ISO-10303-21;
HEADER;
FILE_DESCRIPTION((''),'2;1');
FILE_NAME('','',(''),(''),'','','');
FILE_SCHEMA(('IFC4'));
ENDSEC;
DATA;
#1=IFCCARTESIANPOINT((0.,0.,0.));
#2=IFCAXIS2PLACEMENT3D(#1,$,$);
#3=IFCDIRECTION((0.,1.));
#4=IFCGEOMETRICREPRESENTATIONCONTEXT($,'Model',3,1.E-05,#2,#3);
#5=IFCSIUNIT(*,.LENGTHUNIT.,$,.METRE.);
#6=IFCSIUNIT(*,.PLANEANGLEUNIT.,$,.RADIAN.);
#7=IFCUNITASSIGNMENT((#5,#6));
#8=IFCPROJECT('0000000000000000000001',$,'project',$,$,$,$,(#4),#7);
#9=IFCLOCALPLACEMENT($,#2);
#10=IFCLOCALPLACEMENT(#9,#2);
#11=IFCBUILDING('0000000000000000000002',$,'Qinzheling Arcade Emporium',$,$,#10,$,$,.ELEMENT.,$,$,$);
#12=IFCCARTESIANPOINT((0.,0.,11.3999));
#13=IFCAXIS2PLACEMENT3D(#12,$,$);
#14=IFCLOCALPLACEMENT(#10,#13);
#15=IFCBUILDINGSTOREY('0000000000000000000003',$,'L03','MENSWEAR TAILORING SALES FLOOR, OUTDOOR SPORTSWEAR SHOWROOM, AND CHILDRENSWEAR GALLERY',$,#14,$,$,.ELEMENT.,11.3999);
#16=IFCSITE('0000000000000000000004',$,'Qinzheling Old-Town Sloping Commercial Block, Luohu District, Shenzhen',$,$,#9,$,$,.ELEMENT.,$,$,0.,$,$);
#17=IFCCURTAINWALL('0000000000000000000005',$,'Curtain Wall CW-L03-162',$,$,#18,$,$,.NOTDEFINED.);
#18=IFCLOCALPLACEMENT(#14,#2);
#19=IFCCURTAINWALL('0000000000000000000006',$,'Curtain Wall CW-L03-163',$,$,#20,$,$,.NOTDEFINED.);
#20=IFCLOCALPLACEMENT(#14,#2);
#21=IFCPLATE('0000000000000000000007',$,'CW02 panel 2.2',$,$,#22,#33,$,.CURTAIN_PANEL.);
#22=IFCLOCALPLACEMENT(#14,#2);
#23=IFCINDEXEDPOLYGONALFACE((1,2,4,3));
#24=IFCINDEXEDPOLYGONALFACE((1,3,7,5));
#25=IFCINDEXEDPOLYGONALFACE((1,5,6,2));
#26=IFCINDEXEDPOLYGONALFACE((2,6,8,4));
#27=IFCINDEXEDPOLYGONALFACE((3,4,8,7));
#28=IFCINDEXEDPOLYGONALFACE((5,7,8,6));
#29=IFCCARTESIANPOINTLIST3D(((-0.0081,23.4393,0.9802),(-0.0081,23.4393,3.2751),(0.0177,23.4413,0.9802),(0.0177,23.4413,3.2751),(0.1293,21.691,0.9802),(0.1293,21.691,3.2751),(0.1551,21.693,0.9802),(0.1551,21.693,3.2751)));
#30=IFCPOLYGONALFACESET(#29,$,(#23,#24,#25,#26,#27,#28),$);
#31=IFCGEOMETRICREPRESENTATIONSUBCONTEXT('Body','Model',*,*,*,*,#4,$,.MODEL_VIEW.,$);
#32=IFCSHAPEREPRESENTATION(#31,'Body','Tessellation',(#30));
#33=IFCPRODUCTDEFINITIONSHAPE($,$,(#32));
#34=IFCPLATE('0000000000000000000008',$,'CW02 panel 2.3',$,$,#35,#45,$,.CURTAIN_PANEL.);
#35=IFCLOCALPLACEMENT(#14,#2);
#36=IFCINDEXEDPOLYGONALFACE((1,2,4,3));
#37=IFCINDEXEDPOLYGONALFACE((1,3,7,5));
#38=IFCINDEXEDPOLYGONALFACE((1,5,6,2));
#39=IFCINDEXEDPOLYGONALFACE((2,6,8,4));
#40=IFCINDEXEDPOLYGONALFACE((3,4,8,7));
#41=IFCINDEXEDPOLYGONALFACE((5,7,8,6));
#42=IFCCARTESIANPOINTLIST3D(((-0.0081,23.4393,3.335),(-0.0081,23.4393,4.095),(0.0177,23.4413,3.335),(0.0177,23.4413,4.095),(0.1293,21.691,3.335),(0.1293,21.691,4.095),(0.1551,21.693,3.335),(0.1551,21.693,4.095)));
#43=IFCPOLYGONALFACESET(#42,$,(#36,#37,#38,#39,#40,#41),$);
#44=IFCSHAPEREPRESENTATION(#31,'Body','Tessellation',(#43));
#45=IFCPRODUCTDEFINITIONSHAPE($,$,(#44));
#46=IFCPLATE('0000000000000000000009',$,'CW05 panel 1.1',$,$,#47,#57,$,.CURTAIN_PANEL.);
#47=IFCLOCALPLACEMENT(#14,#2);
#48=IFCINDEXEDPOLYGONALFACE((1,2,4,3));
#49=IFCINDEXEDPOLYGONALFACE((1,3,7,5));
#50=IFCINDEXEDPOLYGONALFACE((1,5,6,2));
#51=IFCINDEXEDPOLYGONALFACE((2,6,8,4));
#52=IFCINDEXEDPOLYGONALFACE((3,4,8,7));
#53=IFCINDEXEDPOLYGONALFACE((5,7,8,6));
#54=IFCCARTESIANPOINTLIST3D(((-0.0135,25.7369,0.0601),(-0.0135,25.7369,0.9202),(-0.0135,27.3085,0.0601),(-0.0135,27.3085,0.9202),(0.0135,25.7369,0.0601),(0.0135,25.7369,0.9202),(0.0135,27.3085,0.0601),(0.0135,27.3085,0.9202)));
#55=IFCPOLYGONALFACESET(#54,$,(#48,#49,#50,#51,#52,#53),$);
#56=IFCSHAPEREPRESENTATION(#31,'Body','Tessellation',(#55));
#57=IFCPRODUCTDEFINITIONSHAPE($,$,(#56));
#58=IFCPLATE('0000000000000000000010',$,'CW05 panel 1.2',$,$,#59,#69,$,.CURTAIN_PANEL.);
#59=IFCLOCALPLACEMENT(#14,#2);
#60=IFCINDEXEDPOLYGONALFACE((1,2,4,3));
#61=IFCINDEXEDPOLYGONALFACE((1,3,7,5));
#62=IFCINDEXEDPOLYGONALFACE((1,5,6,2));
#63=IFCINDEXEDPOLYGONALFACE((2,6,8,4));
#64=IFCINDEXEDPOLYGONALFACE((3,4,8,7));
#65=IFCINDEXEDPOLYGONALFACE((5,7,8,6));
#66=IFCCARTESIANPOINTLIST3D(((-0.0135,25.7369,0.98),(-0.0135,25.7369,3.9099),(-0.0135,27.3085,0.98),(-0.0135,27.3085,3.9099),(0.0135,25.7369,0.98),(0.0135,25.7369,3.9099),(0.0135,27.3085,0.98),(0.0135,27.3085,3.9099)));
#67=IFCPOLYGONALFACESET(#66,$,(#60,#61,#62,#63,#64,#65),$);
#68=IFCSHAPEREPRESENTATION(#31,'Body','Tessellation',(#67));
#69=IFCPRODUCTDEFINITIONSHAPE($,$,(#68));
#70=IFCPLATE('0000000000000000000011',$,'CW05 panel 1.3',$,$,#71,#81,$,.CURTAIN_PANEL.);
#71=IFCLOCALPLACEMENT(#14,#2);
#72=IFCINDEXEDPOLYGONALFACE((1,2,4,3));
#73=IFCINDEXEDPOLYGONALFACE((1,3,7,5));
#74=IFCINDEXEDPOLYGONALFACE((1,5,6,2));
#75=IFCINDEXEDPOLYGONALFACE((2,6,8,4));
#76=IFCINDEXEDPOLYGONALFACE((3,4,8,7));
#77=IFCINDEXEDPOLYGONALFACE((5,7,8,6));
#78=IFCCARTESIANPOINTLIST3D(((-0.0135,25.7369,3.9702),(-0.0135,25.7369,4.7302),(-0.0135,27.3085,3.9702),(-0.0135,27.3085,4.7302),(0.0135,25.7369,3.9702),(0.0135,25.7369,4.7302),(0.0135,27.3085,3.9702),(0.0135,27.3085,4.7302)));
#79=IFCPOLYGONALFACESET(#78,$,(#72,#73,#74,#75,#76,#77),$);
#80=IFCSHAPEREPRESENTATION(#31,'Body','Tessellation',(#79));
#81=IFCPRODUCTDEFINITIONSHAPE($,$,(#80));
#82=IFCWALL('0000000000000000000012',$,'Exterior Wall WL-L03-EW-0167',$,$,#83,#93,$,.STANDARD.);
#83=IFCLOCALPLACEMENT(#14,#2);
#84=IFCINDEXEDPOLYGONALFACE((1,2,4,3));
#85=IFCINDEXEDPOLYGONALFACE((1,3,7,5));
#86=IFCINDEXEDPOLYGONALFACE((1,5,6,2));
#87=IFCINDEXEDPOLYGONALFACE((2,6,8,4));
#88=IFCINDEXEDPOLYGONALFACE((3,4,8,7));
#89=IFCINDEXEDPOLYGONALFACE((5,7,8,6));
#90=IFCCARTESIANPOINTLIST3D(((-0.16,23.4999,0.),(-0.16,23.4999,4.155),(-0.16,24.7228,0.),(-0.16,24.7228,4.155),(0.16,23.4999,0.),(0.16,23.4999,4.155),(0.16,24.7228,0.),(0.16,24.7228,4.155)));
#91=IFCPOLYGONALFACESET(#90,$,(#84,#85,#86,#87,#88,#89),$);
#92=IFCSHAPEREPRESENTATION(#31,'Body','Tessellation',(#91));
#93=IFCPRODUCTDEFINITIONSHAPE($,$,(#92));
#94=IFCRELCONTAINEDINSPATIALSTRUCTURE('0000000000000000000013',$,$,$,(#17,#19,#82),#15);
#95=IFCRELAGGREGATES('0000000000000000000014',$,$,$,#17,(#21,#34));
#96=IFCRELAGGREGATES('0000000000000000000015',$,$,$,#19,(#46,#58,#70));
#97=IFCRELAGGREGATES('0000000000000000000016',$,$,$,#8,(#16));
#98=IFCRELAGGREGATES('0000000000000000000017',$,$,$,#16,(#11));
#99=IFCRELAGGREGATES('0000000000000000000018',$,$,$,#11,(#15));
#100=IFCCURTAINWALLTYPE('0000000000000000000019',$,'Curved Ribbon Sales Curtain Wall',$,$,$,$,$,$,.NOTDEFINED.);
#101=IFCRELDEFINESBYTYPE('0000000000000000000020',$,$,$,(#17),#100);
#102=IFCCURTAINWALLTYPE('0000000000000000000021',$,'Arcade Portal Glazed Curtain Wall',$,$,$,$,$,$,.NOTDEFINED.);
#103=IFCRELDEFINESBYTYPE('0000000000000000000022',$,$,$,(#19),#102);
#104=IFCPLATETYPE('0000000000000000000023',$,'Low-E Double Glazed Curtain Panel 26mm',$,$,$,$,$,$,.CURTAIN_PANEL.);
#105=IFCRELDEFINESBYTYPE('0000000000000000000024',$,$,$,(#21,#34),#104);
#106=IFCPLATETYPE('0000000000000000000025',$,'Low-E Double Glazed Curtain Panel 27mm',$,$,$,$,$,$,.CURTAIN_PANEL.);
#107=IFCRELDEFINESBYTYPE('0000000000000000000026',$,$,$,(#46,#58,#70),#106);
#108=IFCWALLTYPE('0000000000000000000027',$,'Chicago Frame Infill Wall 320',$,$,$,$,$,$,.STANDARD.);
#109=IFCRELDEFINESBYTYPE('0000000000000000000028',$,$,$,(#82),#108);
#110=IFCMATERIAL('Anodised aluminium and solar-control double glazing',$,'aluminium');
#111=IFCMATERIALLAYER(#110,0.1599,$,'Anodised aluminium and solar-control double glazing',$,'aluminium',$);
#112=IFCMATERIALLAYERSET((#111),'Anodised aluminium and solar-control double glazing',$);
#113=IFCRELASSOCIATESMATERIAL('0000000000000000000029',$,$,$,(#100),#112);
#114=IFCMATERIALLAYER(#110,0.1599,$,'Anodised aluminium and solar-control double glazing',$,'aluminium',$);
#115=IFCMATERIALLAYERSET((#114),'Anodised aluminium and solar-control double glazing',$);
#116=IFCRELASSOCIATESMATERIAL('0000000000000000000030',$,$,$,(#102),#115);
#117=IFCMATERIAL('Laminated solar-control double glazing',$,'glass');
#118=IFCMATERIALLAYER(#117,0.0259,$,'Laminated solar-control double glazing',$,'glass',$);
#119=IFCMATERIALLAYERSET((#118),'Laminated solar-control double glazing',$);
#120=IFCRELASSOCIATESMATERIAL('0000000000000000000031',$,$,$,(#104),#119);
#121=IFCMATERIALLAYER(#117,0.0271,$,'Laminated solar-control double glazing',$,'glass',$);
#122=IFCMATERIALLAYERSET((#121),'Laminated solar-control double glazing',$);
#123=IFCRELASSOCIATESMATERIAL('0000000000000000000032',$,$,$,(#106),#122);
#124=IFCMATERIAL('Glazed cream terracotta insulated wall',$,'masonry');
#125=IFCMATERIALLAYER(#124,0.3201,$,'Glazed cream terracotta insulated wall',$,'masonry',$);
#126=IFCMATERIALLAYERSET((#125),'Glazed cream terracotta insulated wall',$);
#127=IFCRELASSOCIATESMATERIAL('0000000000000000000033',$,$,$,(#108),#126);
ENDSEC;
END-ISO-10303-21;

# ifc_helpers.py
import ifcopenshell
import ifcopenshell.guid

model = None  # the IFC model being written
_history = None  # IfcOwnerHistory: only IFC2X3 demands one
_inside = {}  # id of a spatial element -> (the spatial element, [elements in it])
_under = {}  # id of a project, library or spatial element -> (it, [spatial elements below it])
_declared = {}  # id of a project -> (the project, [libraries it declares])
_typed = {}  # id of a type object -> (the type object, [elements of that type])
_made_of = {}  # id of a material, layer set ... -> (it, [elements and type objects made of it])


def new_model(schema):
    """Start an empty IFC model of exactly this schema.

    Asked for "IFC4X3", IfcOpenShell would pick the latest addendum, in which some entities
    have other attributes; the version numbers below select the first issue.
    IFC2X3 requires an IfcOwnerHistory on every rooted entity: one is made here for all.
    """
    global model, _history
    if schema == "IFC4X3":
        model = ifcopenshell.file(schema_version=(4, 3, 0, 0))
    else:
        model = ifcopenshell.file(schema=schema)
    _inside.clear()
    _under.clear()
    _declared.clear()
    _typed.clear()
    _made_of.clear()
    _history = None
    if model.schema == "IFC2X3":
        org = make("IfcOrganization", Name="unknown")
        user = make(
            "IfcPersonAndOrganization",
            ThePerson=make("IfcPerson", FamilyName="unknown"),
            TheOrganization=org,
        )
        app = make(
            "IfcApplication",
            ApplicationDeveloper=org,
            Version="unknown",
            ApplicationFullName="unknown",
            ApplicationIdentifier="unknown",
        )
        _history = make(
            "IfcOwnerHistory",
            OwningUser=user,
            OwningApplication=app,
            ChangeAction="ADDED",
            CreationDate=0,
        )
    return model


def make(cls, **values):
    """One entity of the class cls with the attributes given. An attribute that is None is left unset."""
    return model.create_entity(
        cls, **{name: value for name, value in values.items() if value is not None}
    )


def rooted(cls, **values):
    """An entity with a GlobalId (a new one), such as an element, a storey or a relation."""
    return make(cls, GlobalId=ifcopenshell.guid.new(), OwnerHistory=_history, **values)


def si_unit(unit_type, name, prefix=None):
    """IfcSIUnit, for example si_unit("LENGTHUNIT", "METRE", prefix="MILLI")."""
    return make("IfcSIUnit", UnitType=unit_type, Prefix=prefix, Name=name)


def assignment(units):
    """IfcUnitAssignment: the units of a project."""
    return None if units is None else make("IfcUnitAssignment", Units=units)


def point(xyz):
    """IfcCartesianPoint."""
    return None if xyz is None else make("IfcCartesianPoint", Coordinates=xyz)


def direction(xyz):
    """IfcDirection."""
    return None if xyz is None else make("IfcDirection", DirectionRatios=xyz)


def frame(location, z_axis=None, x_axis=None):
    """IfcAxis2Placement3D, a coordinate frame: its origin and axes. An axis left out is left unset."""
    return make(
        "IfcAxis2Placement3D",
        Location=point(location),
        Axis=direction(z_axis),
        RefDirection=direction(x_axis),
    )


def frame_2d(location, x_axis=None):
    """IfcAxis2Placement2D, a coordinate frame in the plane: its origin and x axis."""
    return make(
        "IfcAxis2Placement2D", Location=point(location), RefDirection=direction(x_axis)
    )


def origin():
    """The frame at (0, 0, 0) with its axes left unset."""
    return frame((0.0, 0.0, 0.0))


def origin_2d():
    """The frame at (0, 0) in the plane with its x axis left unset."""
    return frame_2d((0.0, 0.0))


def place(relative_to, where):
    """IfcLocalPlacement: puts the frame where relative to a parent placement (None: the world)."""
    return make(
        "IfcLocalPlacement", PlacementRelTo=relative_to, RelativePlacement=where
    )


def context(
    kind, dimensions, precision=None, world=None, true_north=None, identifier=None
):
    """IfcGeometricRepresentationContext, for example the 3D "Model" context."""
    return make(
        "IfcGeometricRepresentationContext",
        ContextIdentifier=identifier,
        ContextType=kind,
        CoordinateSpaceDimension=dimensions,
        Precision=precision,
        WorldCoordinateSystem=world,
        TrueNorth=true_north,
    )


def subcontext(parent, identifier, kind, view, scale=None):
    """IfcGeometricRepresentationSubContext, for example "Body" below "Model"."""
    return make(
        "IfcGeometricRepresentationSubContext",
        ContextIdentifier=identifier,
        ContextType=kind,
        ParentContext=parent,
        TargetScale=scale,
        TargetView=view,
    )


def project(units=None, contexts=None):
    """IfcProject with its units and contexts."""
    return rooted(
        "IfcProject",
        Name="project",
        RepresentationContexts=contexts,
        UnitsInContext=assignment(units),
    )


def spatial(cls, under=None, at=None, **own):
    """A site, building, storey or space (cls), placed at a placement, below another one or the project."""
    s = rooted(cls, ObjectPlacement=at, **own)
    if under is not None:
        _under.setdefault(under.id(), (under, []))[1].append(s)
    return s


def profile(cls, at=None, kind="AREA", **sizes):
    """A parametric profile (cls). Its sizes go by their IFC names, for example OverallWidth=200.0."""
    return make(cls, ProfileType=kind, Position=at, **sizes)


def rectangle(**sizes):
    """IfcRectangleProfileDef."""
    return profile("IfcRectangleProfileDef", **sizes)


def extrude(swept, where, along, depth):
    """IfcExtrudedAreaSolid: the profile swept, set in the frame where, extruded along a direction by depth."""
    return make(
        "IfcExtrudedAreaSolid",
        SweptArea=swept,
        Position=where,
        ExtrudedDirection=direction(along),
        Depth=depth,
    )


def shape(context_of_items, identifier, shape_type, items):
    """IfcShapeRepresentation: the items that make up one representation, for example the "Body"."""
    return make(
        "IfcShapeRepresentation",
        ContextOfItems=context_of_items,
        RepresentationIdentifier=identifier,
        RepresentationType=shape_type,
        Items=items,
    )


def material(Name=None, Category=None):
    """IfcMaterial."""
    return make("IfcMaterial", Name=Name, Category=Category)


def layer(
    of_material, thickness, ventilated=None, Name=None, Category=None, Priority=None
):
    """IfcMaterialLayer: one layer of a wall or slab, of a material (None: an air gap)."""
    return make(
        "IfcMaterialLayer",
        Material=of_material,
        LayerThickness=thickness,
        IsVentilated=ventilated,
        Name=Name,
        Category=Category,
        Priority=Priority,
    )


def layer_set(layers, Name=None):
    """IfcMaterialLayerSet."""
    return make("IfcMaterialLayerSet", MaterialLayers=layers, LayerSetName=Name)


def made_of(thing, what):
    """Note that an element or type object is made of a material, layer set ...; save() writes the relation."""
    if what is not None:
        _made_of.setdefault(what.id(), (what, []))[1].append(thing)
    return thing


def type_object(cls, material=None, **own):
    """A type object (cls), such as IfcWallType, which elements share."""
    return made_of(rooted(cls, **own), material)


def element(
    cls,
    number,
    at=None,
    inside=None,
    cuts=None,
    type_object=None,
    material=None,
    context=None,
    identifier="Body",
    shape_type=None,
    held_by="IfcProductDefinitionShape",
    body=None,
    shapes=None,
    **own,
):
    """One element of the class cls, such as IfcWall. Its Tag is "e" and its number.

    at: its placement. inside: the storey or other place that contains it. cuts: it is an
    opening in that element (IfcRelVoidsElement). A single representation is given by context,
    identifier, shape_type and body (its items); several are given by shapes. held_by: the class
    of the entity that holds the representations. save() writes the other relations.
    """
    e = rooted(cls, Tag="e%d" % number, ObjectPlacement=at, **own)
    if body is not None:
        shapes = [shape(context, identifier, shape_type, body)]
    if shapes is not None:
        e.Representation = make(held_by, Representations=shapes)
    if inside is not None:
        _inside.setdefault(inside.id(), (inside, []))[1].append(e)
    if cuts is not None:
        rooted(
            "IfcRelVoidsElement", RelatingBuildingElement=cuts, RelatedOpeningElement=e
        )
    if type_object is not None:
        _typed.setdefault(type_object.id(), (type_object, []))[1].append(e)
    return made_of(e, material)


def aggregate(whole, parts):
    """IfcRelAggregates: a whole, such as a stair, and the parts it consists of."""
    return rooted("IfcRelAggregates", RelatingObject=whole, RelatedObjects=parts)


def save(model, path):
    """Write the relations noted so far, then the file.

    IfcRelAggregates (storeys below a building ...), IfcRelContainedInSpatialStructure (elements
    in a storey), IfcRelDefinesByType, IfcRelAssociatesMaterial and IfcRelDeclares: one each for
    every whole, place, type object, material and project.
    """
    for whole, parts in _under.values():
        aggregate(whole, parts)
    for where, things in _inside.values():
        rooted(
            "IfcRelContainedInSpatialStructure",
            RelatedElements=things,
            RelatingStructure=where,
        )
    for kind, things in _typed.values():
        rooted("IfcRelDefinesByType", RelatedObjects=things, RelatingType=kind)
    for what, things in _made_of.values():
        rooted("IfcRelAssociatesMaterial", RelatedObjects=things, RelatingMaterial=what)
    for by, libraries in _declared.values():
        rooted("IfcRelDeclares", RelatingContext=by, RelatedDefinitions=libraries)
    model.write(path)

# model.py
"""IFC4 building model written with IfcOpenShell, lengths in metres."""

from ifc_helpers import new_model, si_unit, direction, frame, frame_2d, origin, origin_2d, place, context, subcontext, project, spatial, rectangle, extrude, material, layer, layer_set, type_object, element, aggregate, save


model = new_model("IFC4")

# Units and contexts
model_context = context("Model", 3, precision=1e-05, world=origin(), true_north=direction((0.0, 1.0)))
body_context = subcontext(model_context, "Body", "Model", "MODEL_VIEW")
ifc_project = project(units=[si_unit("LENGTHUNIT", "METRE"), si_unit("PLANEANGLEUNIT", "RADIAN")], contexts=[model_context])

# Site, building, storey
site_placement = place(None, origin())
site = spatial("IfcSite", under=ifc_project, at=site_placement, Name="Qinzheling Old-Town Sloping Commercial Block, Luohu District, Shenzhen", CompositionType="ELEMENT", RefElevation=0.0)
building_placement = place(site_placement, origin())
building = spatial("IfcBuilding", under=site, at=building_placement, Name="Qinzheling Arcade Emporium", CompositionType="ELEMENT")
storey_placement = place(building_placement, frame((0.0, 0.0, 11.3999)))
storey = spatial("IfcBuildingStorey", under=building, at=storey_placement, Name="L03", Description="MENSWEAR TAILORING SALES FLOOR, OUTDOOR SPORTSWEAR SHOWROOM, AND CHILDRENSWEAR GALLERY", CompositionType="ELEMENT", Elevation=11.3999)

# Shared definitions
ifc_material_1 = material(Name="Anodised aluminium and solar-control double glazing", Category="aluminium")
ifc_layer_1 = layer(ifc_material_1, 0.1599, Name="Anodised aluminium and solar-control double glazing", Category="aluminium")
ifc_layer_set_1 = layer_set([ifc_layer_1], Name="Anodised aluminium and solar-control double glazing")
curtain_wall_type_1 = type_object("IfcCurtainWallType", Name="Curved Ribbon Sales Curtain Wall", PredefinedType="NOTDEFINED", material=ifc_layer_set_1)

# Curtain walls
curtain_wall_1_placement = place(storey_placement, origin())
curtain_wall_1 = element("IfcCurtainWall", 1, at=curtain_wall_1_placement, inside=storey, type_object=curtain_wall_type_1, Name="Curtain Wall CW-L03-162", PredefinedType="NOTDEFINED")
ifc_layer_2 = layer(ifc_material_1, 0.1599, Name="Anodised aluminium and solar-control double glazing", Category="aluminium")
ifc_layer_set_2 = layer_set([ifc_layer_2], Name="Anodised aluminium and solar-control double glazing")
curtain_wall_type_2 = type_object("IfcCurtainWallType", Name="Arcade Portal Glazed Curtain Wall", PredefinedType="NOTDEFINED", material=ifc_layer_set_2)
curtain_wall_2_placement = place(storey_placement, origin())
curtain_wall_2 = element("IfcCurtainWall", 2, at=curtain_wall_2_placement, inside=storey, type_object=curtain_wall_type_2, Name="Curtain Wall CW-L03-163", PredefinedType="NOTDEFINED")

# Plates
ifc_material_2 = material(Name="Laminated solar-control double glazing", Category="glass")
ifc_layer_3 = layer(ifc_material_2, 0.0259, Name="Laminated solar-control double glazing", Category="glass")
ifc_layer_set_3 = layer_set([ifc_layer_3], Name="Laminated solar-control double glazing")
plate_type_1 = type_object("IfcPlateType", Name="Low-E Double Glazed Curtain Panel 26mm", PredefinedType="CURTAIN_PANEL", material=ifc_layer_set_3)
plate_1_placement = place(storey_placement, frame((0.0735, 22.5662, 0.9802), z_axis=(0.0, 0.0, 1.0), x_axis=(-0.078376, 0.996924, 0.0)))
plate_1 = element("IfcPlate", 3, at=plate_1_placement, type_object=plate_type_1, Name="CW02 panel 2.2", PredefinedType="CURTAIN_PANEL", context=body_context, shape_type="SweptSolid", body=[
    extrude(rectangle(XDim=1.7537, YDim=0.0259, at=origin_2d()), origin(), (0.0, 0.0, 1.0), 2.2949),
])
plate_2_placement = place(storey_placement, frame((0.0735, 22.5662, 3.335), z_axis=(0.0, 0.0, 1.0), x_axis=(-0.078376, 0.996924, 0.0)))
plate_2 = element("IfcPlate", 4, at=plate_2_placement, type_object=plate_type_1, Name="CW02 panel 2.3", PredefinedType="CURTAIN_PANEL", context=body_context, shape_type="SweptSolid", body=[
    extrude(rectangle(XDim=1.7537, YDim=0.0259, at=origin_2d()), origin(), (0.0, 0.0, 1.0), 0.76),
])
aggregate(curtain_wall_1, [plate_1, plate_2])
ifc_layer_4 = layer(ifc_material_2, 0.0271, Name="Laminated solar-control double glazing", Category="glass")
ifc_layer_set_4 = layer_set([ifc_layer_4], Name="Laminated solar-control double glazing")
plate_type_2 = type_object("IfcPlateType", Name="Low-E Double Glazed Curtain Panel 27mm", PredefinedType="CURTAIN_PANEL", material=ifc_layer_set_4)
plate_3_placement = place(storey_placement, frame((0.0, 26.5227, 0.0601), z_axis=(0.0, 0.0, 1.0), x_axis=(0.0, 1.0, 0.0)))
plate_3 = element("IfcPlate", 5, at=plate_3_placement, type_object=plate_type_2, Name="CW05 panel 1.1", PredefinedType="CURTAIN_PANEL", context=body_context, shape_type="SweptSolid", body=[
    extrude(rectangle(XDim=1.5715, YDim=0.0271, at=origin_2d()), origin(), (0.0, 0.0, 1.0), 0.8601),
])
plate_4_placement = place(storey_placement, frame((0.0, 26.5227, 0.98), z_axis=(0.0, 0.0, 1.0), x_axis=(0.0, 1.0, 0.0)))
plate_4 = element("IfcPlate", 6, at=plate_4_placement, type_object=plate_type_2, Name="CW05 panel 1.2", PredefinedType="CURTAIN_PANEL", context=body_context, shape_type="SweptSolid", body=[
    extrude(rectangle(XDim=1.5715, YDim=0.0271, at=origin_2d()), origin(), (0.0, 0.0, 1.0), 2.9299),
])
plate_5_placement = place(storey_placement, frame((0.0, 26.5227, 3.9702), z_axis=(0.0, 0.0, 1.0), x_axis=(0.0, 1.0, 0.0)))
plate_5 = element("IfcPlate", 7, at=plate_5_placement, type_object=plate_type_2, Name="CW05 panel 1.3", PredefinedType="CURTAIN_PANEL", context=body_context, shape_type="SweptSolid", body=[
    extrude(rectangle(XDim=1.5715, YDim=0.0271, at=origin_2d()), origin(), (0.0, 0.0, 1.0), 0.76),
])
aggregate(curtain_wall_2, [plate_3, plate_4, plate_5])

# Wall
ifc_material_3 = material(Name="Glazed cream terracotta insulated wall", Category="masonry")
ifc_layer_5 = layer(ifc_material_3, 0.3201, Name="Glazed cream terracotta insulated wall", Category="masonry")
ifc_layer_set_5 = layer_set([ifc_layer_5], Name="Glazed cream terracotta insulated wall")
wall_type = type_object("IfcWallType", Name="Chicago Frame Infill Wall 320", PredefinedType="STANDARD", material=ifc_layer_set_5)
wall_placement = place(storey_placement, frame((0.0, 23.5, 0.0), z_axis=(0.0, 0.0, 1.0), x_axis=(0.0, 1.0, 0.0)))
element("IfcWall", 8, at=wall_placement, inside=storey, type_object=wall_type, Name="Exterior Wall WL-L03-EW-0167", PredefinedType="STANDARD", context=body_context, shape_type="SweptSolid", body=[
    extrude(rectangle(XDim=1.2229, YDim=0.3201, at=frame_2d((0.6113, 0.0))), origin(), (0.0, 0.0, 1.0), 4.155),
])

save(model, "model.ifc")
